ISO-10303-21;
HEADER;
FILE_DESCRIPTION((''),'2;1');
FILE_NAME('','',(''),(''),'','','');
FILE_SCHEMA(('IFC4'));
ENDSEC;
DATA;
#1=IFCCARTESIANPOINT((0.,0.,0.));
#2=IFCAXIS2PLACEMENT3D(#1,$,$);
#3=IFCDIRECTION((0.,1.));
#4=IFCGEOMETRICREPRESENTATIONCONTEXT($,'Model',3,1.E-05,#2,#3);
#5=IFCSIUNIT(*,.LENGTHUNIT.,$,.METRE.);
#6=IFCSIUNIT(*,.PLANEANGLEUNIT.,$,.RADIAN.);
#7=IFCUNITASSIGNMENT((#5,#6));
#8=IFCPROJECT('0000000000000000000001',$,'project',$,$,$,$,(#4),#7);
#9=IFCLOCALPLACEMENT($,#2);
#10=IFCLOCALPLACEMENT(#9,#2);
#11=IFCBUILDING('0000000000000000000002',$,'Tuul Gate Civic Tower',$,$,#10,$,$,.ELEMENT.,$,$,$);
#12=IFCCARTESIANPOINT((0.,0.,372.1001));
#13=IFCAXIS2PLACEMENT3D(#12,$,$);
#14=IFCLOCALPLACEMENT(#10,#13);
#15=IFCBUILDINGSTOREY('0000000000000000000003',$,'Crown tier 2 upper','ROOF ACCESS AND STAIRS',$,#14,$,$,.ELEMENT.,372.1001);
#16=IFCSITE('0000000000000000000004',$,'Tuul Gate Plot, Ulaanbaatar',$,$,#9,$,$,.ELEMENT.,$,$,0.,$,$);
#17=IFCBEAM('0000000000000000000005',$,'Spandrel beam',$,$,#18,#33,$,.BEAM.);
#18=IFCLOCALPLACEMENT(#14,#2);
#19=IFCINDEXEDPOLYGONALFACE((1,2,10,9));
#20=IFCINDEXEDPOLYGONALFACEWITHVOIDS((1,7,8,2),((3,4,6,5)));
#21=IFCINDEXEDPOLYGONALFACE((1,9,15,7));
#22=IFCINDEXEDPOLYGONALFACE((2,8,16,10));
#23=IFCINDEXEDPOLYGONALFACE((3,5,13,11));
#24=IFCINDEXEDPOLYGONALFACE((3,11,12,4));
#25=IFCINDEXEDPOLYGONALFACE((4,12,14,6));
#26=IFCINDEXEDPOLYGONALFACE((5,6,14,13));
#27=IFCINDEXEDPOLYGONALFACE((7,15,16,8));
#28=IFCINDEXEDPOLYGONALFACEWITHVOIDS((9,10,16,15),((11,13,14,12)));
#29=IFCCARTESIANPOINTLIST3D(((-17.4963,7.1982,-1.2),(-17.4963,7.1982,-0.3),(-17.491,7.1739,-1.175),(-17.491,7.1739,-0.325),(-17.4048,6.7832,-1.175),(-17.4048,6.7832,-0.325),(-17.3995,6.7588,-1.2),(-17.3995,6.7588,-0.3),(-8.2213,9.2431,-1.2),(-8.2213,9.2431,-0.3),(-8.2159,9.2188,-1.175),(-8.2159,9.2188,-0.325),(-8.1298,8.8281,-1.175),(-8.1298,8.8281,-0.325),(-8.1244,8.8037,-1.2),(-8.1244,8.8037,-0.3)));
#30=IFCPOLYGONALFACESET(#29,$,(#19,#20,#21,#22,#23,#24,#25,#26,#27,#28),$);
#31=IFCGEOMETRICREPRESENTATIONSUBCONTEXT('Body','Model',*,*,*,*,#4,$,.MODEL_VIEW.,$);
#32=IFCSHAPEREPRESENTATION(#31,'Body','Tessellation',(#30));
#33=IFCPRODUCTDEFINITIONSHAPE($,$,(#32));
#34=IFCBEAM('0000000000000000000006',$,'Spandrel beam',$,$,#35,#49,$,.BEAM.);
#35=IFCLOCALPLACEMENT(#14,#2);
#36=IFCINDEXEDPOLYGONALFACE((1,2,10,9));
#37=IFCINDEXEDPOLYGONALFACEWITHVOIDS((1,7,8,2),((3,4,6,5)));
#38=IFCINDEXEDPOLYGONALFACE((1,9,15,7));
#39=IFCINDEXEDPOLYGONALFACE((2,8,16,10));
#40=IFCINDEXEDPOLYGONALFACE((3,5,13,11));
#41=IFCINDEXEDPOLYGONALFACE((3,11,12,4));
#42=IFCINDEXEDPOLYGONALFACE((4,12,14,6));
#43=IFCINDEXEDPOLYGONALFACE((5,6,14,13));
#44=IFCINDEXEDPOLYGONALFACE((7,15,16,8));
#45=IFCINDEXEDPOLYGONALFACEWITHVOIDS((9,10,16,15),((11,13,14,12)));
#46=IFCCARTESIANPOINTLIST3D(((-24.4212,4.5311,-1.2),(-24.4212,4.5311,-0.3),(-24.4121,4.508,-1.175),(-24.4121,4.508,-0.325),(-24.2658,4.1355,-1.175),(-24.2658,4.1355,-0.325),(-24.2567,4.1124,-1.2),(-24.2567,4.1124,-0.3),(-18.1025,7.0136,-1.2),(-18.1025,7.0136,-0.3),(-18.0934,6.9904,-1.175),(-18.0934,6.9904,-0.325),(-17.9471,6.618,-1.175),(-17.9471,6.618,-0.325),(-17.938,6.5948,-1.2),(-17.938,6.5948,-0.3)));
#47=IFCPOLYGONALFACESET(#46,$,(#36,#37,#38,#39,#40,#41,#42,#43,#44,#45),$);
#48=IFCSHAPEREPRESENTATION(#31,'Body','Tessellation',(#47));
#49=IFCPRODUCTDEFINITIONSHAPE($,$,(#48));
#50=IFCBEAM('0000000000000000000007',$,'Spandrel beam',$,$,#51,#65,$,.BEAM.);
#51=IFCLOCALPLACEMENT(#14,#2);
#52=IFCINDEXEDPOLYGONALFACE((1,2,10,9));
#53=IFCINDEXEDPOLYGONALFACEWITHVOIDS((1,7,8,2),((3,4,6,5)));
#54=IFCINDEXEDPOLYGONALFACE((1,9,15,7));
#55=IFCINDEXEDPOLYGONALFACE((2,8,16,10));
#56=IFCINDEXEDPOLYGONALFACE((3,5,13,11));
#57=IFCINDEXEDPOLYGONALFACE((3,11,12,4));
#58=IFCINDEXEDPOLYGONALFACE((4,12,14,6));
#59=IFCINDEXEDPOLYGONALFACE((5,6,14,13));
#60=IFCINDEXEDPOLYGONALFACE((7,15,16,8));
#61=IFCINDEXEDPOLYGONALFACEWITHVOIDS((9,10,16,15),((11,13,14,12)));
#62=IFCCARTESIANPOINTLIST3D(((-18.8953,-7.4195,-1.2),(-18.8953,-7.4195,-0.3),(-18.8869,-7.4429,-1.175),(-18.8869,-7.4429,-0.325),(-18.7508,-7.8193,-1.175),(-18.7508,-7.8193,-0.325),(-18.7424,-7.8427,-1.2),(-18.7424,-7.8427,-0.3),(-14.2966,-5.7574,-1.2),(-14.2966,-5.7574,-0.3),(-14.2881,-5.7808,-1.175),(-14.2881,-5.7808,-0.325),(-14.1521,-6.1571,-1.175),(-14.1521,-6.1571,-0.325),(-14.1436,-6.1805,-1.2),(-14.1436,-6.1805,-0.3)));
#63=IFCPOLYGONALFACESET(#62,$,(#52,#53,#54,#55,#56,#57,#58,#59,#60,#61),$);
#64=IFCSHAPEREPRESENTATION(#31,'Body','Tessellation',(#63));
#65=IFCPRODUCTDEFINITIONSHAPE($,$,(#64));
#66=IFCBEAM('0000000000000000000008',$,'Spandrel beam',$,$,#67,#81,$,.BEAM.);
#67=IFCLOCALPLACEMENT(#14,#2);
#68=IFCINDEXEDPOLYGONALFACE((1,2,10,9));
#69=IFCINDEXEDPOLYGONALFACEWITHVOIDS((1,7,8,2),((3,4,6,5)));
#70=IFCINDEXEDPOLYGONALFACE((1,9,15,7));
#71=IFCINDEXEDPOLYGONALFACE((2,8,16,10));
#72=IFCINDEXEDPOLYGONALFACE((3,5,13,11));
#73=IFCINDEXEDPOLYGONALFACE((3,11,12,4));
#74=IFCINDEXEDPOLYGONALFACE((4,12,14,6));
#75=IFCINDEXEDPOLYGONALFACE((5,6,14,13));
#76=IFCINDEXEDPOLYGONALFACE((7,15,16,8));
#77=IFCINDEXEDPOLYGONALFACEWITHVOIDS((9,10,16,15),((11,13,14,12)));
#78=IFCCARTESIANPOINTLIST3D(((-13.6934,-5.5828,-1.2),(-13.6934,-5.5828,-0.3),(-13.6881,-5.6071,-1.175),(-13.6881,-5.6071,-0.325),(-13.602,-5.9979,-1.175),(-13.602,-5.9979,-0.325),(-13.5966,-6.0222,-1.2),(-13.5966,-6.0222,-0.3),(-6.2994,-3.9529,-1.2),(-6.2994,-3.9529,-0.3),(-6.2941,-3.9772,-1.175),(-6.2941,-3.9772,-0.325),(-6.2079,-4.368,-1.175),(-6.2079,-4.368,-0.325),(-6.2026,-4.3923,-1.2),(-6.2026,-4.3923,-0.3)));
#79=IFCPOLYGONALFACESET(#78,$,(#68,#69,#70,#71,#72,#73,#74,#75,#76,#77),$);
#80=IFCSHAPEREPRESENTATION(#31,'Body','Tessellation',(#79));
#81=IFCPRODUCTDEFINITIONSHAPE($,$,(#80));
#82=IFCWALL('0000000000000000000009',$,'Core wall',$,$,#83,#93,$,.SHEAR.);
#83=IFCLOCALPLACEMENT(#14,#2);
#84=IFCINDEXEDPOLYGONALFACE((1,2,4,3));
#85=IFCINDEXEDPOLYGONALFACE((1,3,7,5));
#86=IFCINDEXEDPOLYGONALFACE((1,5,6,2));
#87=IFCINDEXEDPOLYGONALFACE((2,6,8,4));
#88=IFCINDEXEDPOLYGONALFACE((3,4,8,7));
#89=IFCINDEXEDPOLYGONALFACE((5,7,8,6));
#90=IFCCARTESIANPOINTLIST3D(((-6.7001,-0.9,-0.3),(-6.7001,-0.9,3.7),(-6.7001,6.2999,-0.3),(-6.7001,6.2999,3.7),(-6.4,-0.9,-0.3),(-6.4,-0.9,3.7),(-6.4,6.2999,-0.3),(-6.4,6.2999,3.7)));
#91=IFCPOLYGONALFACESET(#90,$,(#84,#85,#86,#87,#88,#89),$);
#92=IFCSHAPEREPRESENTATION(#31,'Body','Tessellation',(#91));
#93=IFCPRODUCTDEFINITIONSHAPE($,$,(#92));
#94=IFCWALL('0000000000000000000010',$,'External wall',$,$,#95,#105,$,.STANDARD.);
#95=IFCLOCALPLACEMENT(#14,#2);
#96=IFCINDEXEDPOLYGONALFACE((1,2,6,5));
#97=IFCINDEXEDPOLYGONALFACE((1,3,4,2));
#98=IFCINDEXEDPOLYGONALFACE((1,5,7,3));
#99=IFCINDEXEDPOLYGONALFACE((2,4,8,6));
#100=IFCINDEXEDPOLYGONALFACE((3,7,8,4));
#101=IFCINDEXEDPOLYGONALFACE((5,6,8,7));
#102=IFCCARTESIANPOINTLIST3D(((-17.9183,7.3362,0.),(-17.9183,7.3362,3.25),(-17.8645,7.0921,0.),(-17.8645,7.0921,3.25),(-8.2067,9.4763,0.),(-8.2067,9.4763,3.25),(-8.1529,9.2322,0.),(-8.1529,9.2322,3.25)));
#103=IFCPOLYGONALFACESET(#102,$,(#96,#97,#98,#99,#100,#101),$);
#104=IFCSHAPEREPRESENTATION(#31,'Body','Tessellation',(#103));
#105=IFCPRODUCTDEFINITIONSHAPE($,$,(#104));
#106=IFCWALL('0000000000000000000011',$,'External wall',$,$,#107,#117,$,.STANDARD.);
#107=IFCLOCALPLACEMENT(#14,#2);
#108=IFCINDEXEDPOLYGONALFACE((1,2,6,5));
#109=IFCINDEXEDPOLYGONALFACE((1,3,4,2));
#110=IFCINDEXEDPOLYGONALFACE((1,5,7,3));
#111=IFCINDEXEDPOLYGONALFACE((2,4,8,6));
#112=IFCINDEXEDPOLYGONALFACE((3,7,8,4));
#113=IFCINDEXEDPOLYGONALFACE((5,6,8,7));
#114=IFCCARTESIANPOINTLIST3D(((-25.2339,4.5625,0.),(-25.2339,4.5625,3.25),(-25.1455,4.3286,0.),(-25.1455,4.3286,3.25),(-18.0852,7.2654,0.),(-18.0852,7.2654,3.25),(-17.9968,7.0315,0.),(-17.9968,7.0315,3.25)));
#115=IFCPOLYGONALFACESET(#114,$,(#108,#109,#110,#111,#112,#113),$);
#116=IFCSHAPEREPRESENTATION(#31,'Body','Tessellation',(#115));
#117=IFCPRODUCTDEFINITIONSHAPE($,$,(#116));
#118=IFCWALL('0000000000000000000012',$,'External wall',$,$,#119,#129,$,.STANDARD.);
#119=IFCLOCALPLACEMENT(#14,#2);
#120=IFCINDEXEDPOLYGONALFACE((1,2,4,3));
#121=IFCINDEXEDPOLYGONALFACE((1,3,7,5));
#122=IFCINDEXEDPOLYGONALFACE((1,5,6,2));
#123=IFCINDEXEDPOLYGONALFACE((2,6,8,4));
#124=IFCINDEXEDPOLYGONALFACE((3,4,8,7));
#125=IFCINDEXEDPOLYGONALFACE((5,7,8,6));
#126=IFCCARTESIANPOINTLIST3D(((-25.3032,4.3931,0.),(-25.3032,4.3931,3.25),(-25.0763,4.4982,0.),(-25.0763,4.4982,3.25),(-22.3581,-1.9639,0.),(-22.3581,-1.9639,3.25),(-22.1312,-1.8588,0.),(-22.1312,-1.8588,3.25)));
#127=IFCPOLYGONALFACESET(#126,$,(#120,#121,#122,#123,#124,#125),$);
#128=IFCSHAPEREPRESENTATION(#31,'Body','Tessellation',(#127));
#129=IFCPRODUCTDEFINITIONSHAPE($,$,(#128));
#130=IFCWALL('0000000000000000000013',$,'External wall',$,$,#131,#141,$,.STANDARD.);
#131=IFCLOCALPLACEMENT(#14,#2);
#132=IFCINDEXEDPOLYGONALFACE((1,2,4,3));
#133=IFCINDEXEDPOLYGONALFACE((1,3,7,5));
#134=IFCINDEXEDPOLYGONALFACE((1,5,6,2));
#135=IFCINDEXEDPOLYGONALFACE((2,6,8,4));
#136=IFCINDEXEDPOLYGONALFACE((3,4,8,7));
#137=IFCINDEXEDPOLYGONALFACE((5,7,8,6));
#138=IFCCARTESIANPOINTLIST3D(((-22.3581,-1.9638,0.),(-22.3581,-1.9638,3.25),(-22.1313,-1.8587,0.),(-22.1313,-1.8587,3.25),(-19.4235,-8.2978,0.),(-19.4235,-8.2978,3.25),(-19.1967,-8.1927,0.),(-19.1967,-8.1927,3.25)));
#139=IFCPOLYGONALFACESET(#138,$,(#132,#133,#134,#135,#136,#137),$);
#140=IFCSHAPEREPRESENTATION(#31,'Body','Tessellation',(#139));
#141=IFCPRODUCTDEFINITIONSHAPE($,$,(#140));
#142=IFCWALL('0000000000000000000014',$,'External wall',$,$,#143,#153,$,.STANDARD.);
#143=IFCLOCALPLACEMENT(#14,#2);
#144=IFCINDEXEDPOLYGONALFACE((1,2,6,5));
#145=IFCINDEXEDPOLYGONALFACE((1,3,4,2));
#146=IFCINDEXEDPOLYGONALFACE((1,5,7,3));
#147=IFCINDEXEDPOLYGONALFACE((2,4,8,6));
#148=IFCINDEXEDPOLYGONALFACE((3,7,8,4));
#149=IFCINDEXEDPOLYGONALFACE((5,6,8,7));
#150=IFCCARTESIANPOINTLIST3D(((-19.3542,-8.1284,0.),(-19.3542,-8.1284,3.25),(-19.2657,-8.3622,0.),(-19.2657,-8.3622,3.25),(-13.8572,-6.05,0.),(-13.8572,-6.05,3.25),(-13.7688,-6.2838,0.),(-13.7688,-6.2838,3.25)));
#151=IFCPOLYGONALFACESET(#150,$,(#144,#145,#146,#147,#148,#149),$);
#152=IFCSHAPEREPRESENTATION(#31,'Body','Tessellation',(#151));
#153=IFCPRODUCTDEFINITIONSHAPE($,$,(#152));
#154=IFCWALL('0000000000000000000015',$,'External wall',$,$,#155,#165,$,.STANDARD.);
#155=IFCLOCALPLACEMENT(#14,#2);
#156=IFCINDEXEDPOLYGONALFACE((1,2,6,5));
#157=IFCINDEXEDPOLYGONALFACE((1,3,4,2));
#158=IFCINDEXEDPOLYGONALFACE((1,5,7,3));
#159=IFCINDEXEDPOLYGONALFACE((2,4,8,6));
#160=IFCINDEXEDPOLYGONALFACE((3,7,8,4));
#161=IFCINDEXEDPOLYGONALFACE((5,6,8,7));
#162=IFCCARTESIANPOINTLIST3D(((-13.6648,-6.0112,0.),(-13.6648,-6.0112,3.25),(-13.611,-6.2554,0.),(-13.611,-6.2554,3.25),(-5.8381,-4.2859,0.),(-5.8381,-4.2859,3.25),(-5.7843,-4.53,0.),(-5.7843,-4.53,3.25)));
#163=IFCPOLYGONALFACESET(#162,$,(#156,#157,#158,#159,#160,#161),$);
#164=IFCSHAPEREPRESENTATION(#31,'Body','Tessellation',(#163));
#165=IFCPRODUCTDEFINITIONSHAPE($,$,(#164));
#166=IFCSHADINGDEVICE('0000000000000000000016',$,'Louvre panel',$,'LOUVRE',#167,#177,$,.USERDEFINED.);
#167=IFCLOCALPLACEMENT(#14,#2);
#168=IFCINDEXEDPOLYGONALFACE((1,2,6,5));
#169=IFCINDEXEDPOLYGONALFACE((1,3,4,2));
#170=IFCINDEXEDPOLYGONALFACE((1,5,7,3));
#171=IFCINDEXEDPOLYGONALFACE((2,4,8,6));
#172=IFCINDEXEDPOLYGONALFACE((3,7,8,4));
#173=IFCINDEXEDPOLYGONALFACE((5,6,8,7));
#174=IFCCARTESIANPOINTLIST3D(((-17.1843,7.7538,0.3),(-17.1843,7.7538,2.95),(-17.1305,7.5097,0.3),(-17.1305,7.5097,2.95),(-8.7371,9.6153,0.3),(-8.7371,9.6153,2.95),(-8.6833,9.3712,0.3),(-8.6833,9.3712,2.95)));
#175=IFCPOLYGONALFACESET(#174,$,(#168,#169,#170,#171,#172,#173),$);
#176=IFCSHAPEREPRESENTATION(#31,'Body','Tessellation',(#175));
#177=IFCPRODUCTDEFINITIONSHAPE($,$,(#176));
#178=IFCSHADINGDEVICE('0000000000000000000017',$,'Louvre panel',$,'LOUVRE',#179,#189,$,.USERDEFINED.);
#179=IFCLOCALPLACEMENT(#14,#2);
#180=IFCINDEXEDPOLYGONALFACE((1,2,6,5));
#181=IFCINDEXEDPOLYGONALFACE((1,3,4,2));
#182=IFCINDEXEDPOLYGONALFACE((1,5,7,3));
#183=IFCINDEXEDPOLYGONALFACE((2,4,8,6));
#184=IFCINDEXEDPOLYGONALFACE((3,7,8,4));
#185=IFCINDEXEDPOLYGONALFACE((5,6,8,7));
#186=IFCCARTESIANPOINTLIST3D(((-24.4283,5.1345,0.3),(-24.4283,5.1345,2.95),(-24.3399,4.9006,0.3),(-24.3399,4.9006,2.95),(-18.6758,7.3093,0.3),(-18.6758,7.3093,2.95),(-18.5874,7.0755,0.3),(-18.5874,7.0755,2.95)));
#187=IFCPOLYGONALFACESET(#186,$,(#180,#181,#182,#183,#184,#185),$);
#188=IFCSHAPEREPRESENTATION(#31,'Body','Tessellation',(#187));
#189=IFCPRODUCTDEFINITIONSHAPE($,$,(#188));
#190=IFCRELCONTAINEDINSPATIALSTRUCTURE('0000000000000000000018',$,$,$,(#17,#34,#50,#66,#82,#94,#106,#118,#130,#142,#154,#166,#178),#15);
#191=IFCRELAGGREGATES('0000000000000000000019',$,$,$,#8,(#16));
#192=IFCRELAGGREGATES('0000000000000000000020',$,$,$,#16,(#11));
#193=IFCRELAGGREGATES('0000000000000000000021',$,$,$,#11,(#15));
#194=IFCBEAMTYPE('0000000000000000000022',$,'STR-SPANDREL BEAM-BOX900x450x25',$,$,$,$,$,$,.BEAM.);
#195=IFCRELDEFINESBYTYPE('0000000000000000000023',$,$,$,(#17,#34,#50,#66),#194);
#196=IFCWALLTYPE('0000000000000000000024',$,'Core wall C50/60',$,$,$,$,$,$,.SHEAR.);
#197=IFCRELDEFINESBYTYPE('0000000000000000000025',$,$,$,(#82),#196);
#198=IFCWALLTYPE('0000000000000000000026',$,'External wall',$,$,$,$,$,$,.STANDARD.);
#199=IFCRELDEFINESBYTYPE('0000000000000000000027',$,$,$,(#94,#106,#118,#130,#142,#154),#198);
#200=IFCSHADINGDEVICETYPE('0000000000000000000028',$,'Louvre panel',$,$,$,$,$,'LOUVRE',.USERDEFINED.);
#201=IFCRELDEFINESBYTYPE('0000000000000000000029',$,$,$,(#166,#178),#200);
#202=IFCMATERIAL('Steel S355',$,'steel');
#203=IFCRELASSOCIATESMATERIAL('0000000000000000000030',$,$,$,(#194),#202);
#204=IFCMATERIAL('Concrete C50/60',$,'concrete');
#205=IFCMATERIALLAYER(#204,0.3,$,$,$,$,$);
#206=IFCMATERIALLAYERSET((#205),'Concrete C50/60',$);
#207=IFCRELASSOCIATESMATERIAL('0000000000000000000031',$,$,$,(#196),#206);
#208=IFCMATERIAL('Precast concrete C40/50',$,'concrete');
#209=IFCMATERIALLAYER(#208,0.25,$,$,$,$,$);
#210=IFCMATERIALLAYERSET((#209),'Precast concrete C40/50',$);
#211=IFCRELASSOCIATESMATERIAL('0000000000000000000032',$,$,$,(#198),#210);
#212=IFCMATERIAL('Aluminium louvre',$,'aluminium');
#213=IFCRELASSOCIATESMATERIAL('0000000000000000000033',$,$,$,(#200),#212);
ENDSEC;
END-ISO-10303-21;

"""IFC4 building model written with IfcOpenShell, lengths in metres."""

from ifc_helpers import new_model, si_unit, direction, frame, frame_2d, origin, origin_2d, place, context, subcontext, project, spatial, rectangle, hollow_rectangle, extrude, material, layer, layer_set, material_profile, profile_set, type_object, element, save


model = new_model("IFC4")

# Units and contexts
model_context = context("Model", 3, precision=1e-05, world=origin(), true_north=direction((0.0, 1.0)))
body_context = subcontext(model_context, "Body", "Model", "MODEL_VIEW")
ifc_project = project(units=[si_unit("LENGTHUNIT", "METRE"), si_unit("PLANEANGLEUNIT", "RADIAN")], contexts=[model_context])

# Site, building, storey
site_placement = place(None, origin())
site = spatial("IfcSite", under=ifc_project, at=site_placement, Name="Tuul Gate Plot, Ulaanbaatar", CompositionType="ELEMENT", RefElevation=0.0)
building_placement = place(site_placement, origin())
building = spatial("IfcBuilding", under=site, at=building_placement, Name="Tuul Gate Civic Tower", CompositionType="ELEMENT")
storey_placement = place(building_placement, frame((0.0, 0.0, 372.1001)))
storey = spatial("IfcBuildingStorey", under=building, at=storey_placement, Name="Crown tier 2 upper", Description="ROOF ACCESS AND STAIRS", CompositionType="ELEMENT", Elevation=372.1001)

# Beams
ifc_material_1 = material(Name="Steel S355", Category="steel")
ifc_material_profile_1 = material_profile(ifc_material_1, hollow_rectangle(XDim=0.45, YDim=0.8999, WallThickness=0.0249, at=origin_2d()), Name="BOX900x450x25")
ifc_profile_set_1 = profile_set([ifc_material_profile_1], Name="Steel S355")
beam_type_1 = type_object("IfcBeamType", Name="STR-SPANDREL BEAM-BOX900x450x25", PredefinedType="BEAM", material=ifc_profile_set_1)
beam_1_placement = place(storey_placement, frame((-8.1729, 9.0234, -0.75), z_axis=(-0.976547, -0.215303, 0.0), x_axis=(0.215303, -0.976547, 0.0)))
element("IfcBeam", 1, at=beam_1_placement, inside=storey, type_object=beam_type_1, Name="Spandrel beam", PredefinedType="BEAM", context=body_context, shape_type="SweptSolid", body=[
    extrude(hollow_rectangle(XDim=0.45, YDim=0.8999, WallThickness=0.0249, at=origin_2d()), origin(), (0.0, 0.0, 1.0), 9.4978),
])
beam_2_placement = place(storey_placement, frame((-18.0203, 6.8042, -0.75), z_axis=(-0.930746, -0.365667, 0.0), x_axis=(0.365667, -0.930746, 0.0)))
element("IfcBeam", 2, at=beam_2_placement, inside=storey, type_object=beam_type_1, Name="Spandrel beam", PredefinedType="BEAM", context=body_context, shape_type="SweptSolid", body=[
    extrude(hollow_rectangle(XDim=0.45, YDim=0.8999, WallThickness=0.0249, at=origin_2d()), origin(), (0.0, 0.0, 1.0), 6.7888),
])
beam_3_placement = place(storey_placement, frame((-18.8188, -7.6311, -0.75), z_axis=(0.940456, 0.339914, 0.0), x_axis=(-0.339914, 0.940456, 0.0)))
element("IfcBeam", 3, at=beam_3_placement, inside=storey, type_object=beam_type_1, Name="Spandrel beam", PredefinedType="BEAM", context=body_context, shape_type="SweptSolid", body=[
    extrude(hollow_rectangle(XDim=0.45, YDim=0.8999, WallThickness=0.0249, at=origin_2d()), origin(), (0.0, 0.0, 1.0), 4.8899),
])
beam_4_placement = place(storey_placement, frame((-13.645, -5.8025, -0.75), z_axis=(0.976556, 0.215264, 0.0), x_axis=(-0.215264, 0.976556, 0.0)))
element("IfcBeam", 4, at=beam_4_placement, inside=storey, type_object=beam_type_1, Name="Spandrel beam", PredefinedType="BEAM", context=body_context, shape_type="SweptSolid", body=[
    extrude(hollow_rectangle(XDim=0.45, YDim=0.8999, WallThickness=0.0249, at=origin_2d()), origin(), (0.0, 0.0, 1.0), 7.5715),
])

# Walls
ifc_material_2 = material(Name="Concrete C50/60", Category="concrete")
ifc_layer_1 = layer(ifc_material_2, 0.3)
ifc_layer_set_1 = layer_set([ifc_layer_1], Name="Concrete C50/60")
wall_type_1 = type_object("IfcWallType", Name="Core wall C50/60", PredefinedType="SHEAR", material=ifc_layer_set_1)
wall_1_placement = place(storey_placement, frame((-6.55, 6.3, -0.3), z_axis=(0.0, 0.0, 1.0), x_axis=(0.0, -1.0, 0.0)))
element("IfcWall", 5, at=wall_1_placement, inside=storey, type_object=wall_type_1, Name="Core wall", PredefinedType="SHEAR", context=body_context, shape_type="SweptSolid", body=[
    extrude(rectangle(XDim=7.2, YDim=0.3, at=frame_2d((3.6001, 0.0))), origin(), (0.0, 0.0, 1.0), 4.0),
])
ifc_material_3 = material(Name="Precast concrete C40/50", Category="concrete")
ifc_layer_2 = layer(ifc_material_3, 0.25)
ifc_layer_set_2 = layer_set([ifc_layer_2], Name="Precast concrete C40/50")
wall_type_2 = type_object("IfcWallType", Name="External wall", PredefinedType="STANDARD", material=ifc_layer_set_2)
wall_2_placement = place(storey_placement, frame((-8.1799, 9.3542, 0.0), z_axis=(0.0, 0.0, 1.0), x_axis=(-0.976569, -0.215204, 0.0)))
element("IfcWall", 6, at=wall_2_placement, inside=storey, type_object=wall_type_2, Name="External wall", PredefinedType="STANDARD", context=body_context, shape_type="SweptSolid", body=[
    extrude(rectangle(XDim=9.9446, YDim=0.25, at=frame_2d((4.9722, 0.0))), origin(), (0.0, 0.0, 1.0), 3.25),
])
wall_3_placement = place(storey_placement, frame((-18.041, 7.1484, 0.0), z_axis=(0.0, 0.0, 1.0), x_axis=(-0.935374, -0.35366, 0.0)))
element("IfcWall", 7, at=wall_3_placement, inside=storey, type_object=wall_type_2, Name="External wall", PredefinedType="STANDARD", context=body_context, shape_type="SweptSolid", body=[
    extrude(rectangle(XDim=7.6426, YDim=0.25, at=frame_2d((3.8213, 0.0))), origin(), (0.0, 0.0, 1.0), 3.25),
])
wall_4_placement = place(storey_placement, frame((-25.1897, 4.4456, 0.0), z_axis=(0.0, 0.0, 1.0), x_axis=(0.420364, -0.907356, 0.0)))
element("IfcWall", 8, at=wall_4_placement, inside=storey, type_object=wall_type_2, Name="External wall", PredefinedType="STANDARD", context=body_context, shape_type="SweptSolid", body=[
    extrude(rectangle(XDim=7.0061, YDim=0.25, at=frame_2d((3.5029, 0.0))), origin(), (0.0, 0.0, 1.0), 3.25),
])
wall_5_placement = place(storey_placement, frame((-22.2446, -1.9114, 0.0), z_axis=(0.0, 0.0, 1.0), x_axis=(0.42038, -0.907348, 0.0)))
element("IfcWall", 9, at=wall_5_placement, inside=storey, type_object=wall_type_2, Name="External wall", PredefinedType="STANDARD", context=body_context, shape_type="SweptSolid", body=[
    extrude(rectangle(XDim=6.9807, YDim=0.25, at=frame_2d((3.4902, 0.0))), origin(), (0.0, 0.0, 1.0), 3.25),
])
wall_6_placement = place(storey_placement, frame((-19.3101, -8.2454, 0.0), z_axis=(0.0, 0.0, 1.0), x_axis=(0.935371, 0.353667, 0.0)))
element("IfcWall", 10, at=wall_6_placement, inside=storey, type_object=wall_type_2, Name="External wall", PredefinedType="STANDARD", context=body_context, shape_type="SweptSolid", body=[
    extrude(rectangle(XDim=5.8767, YDim=0.25, at=frame_2d((2.9385, 0.0))), origin(), (0.0, 0.0, 1.0), 3.25),
])
wall_7_placement = place(storey_placement, frame((-13.6379, -6.1333, 0.0), z_axis=(0.0, 0.0, 1.0), x_axis=(0.976553, 0.215276, 0.0)))
element("IfcWall", 11, at=wall_7_placement, inside=storey, type_object=wall_type_2, Name="External wall", PredefinedType="STANDARD", context=body_context, shape_type="SweptSolid", body=[
    extrude(rectangle(XDim=8.0146, YDim=0.25, at=frame_2d((4.0073, 0.0))), origin(), (0.0, 0.0, 1.0), 3.25),
])

# Shading devices
ifc_material_4 = material(Name="Aluminium louvre", Category="aluminium")
shading_device_type = type_object("IfcShadingDeviceType", Name="Louvre panel", ElementType="LOUVRE", PredefinedType="USERDEFINED", material=ifc_material_4)
shading_device_1_placement = place(storey_placement, frame((-12.9338, 8.5625, 0.3), z_axis=(0.0, 0.0, 1.0), x_axis=(-0.215211, 0.976568, 0.0)))
element("IfcShadingDevice", 12, at=shading_device_1_placement, inside=storey, type_object=shading_device_type, Name="Louvre panel", ObjectType="LOUVRE", PredefinedType="USERDEFINED", context=body_context, shape_type="SweptSolid", body=[
    extrude(rectangle(XDim=0.25, YDim=8.6499, at=origin_2d()), origin(), (0.0, 0.0, 1.0), 2.6499),
])
shading_device_2_placement = place(storey_placement, frame((-21.5078, 6.105, 0.3), z_axis=(0.0, 0.0, 1.0), x_axis=(-0.353646, 0.935379, 0.0)))
element("IfcShadingDevice", 13, at=shading_device_2_placement, inside=storey, type_object=shading_device_type, Name="Louvre panel", ObjectType="LOUVRE", PredefinedType="USERDEFINED", context=body_context, shape_type="SweptSolid", body=[
    extrude(rectangle(XDim=0.25, YDim=6.1499, at=origin_2d()), origin(), (0.0, 0.0, 1.0), 2.6499),
])

save(model, "model.ifc")
